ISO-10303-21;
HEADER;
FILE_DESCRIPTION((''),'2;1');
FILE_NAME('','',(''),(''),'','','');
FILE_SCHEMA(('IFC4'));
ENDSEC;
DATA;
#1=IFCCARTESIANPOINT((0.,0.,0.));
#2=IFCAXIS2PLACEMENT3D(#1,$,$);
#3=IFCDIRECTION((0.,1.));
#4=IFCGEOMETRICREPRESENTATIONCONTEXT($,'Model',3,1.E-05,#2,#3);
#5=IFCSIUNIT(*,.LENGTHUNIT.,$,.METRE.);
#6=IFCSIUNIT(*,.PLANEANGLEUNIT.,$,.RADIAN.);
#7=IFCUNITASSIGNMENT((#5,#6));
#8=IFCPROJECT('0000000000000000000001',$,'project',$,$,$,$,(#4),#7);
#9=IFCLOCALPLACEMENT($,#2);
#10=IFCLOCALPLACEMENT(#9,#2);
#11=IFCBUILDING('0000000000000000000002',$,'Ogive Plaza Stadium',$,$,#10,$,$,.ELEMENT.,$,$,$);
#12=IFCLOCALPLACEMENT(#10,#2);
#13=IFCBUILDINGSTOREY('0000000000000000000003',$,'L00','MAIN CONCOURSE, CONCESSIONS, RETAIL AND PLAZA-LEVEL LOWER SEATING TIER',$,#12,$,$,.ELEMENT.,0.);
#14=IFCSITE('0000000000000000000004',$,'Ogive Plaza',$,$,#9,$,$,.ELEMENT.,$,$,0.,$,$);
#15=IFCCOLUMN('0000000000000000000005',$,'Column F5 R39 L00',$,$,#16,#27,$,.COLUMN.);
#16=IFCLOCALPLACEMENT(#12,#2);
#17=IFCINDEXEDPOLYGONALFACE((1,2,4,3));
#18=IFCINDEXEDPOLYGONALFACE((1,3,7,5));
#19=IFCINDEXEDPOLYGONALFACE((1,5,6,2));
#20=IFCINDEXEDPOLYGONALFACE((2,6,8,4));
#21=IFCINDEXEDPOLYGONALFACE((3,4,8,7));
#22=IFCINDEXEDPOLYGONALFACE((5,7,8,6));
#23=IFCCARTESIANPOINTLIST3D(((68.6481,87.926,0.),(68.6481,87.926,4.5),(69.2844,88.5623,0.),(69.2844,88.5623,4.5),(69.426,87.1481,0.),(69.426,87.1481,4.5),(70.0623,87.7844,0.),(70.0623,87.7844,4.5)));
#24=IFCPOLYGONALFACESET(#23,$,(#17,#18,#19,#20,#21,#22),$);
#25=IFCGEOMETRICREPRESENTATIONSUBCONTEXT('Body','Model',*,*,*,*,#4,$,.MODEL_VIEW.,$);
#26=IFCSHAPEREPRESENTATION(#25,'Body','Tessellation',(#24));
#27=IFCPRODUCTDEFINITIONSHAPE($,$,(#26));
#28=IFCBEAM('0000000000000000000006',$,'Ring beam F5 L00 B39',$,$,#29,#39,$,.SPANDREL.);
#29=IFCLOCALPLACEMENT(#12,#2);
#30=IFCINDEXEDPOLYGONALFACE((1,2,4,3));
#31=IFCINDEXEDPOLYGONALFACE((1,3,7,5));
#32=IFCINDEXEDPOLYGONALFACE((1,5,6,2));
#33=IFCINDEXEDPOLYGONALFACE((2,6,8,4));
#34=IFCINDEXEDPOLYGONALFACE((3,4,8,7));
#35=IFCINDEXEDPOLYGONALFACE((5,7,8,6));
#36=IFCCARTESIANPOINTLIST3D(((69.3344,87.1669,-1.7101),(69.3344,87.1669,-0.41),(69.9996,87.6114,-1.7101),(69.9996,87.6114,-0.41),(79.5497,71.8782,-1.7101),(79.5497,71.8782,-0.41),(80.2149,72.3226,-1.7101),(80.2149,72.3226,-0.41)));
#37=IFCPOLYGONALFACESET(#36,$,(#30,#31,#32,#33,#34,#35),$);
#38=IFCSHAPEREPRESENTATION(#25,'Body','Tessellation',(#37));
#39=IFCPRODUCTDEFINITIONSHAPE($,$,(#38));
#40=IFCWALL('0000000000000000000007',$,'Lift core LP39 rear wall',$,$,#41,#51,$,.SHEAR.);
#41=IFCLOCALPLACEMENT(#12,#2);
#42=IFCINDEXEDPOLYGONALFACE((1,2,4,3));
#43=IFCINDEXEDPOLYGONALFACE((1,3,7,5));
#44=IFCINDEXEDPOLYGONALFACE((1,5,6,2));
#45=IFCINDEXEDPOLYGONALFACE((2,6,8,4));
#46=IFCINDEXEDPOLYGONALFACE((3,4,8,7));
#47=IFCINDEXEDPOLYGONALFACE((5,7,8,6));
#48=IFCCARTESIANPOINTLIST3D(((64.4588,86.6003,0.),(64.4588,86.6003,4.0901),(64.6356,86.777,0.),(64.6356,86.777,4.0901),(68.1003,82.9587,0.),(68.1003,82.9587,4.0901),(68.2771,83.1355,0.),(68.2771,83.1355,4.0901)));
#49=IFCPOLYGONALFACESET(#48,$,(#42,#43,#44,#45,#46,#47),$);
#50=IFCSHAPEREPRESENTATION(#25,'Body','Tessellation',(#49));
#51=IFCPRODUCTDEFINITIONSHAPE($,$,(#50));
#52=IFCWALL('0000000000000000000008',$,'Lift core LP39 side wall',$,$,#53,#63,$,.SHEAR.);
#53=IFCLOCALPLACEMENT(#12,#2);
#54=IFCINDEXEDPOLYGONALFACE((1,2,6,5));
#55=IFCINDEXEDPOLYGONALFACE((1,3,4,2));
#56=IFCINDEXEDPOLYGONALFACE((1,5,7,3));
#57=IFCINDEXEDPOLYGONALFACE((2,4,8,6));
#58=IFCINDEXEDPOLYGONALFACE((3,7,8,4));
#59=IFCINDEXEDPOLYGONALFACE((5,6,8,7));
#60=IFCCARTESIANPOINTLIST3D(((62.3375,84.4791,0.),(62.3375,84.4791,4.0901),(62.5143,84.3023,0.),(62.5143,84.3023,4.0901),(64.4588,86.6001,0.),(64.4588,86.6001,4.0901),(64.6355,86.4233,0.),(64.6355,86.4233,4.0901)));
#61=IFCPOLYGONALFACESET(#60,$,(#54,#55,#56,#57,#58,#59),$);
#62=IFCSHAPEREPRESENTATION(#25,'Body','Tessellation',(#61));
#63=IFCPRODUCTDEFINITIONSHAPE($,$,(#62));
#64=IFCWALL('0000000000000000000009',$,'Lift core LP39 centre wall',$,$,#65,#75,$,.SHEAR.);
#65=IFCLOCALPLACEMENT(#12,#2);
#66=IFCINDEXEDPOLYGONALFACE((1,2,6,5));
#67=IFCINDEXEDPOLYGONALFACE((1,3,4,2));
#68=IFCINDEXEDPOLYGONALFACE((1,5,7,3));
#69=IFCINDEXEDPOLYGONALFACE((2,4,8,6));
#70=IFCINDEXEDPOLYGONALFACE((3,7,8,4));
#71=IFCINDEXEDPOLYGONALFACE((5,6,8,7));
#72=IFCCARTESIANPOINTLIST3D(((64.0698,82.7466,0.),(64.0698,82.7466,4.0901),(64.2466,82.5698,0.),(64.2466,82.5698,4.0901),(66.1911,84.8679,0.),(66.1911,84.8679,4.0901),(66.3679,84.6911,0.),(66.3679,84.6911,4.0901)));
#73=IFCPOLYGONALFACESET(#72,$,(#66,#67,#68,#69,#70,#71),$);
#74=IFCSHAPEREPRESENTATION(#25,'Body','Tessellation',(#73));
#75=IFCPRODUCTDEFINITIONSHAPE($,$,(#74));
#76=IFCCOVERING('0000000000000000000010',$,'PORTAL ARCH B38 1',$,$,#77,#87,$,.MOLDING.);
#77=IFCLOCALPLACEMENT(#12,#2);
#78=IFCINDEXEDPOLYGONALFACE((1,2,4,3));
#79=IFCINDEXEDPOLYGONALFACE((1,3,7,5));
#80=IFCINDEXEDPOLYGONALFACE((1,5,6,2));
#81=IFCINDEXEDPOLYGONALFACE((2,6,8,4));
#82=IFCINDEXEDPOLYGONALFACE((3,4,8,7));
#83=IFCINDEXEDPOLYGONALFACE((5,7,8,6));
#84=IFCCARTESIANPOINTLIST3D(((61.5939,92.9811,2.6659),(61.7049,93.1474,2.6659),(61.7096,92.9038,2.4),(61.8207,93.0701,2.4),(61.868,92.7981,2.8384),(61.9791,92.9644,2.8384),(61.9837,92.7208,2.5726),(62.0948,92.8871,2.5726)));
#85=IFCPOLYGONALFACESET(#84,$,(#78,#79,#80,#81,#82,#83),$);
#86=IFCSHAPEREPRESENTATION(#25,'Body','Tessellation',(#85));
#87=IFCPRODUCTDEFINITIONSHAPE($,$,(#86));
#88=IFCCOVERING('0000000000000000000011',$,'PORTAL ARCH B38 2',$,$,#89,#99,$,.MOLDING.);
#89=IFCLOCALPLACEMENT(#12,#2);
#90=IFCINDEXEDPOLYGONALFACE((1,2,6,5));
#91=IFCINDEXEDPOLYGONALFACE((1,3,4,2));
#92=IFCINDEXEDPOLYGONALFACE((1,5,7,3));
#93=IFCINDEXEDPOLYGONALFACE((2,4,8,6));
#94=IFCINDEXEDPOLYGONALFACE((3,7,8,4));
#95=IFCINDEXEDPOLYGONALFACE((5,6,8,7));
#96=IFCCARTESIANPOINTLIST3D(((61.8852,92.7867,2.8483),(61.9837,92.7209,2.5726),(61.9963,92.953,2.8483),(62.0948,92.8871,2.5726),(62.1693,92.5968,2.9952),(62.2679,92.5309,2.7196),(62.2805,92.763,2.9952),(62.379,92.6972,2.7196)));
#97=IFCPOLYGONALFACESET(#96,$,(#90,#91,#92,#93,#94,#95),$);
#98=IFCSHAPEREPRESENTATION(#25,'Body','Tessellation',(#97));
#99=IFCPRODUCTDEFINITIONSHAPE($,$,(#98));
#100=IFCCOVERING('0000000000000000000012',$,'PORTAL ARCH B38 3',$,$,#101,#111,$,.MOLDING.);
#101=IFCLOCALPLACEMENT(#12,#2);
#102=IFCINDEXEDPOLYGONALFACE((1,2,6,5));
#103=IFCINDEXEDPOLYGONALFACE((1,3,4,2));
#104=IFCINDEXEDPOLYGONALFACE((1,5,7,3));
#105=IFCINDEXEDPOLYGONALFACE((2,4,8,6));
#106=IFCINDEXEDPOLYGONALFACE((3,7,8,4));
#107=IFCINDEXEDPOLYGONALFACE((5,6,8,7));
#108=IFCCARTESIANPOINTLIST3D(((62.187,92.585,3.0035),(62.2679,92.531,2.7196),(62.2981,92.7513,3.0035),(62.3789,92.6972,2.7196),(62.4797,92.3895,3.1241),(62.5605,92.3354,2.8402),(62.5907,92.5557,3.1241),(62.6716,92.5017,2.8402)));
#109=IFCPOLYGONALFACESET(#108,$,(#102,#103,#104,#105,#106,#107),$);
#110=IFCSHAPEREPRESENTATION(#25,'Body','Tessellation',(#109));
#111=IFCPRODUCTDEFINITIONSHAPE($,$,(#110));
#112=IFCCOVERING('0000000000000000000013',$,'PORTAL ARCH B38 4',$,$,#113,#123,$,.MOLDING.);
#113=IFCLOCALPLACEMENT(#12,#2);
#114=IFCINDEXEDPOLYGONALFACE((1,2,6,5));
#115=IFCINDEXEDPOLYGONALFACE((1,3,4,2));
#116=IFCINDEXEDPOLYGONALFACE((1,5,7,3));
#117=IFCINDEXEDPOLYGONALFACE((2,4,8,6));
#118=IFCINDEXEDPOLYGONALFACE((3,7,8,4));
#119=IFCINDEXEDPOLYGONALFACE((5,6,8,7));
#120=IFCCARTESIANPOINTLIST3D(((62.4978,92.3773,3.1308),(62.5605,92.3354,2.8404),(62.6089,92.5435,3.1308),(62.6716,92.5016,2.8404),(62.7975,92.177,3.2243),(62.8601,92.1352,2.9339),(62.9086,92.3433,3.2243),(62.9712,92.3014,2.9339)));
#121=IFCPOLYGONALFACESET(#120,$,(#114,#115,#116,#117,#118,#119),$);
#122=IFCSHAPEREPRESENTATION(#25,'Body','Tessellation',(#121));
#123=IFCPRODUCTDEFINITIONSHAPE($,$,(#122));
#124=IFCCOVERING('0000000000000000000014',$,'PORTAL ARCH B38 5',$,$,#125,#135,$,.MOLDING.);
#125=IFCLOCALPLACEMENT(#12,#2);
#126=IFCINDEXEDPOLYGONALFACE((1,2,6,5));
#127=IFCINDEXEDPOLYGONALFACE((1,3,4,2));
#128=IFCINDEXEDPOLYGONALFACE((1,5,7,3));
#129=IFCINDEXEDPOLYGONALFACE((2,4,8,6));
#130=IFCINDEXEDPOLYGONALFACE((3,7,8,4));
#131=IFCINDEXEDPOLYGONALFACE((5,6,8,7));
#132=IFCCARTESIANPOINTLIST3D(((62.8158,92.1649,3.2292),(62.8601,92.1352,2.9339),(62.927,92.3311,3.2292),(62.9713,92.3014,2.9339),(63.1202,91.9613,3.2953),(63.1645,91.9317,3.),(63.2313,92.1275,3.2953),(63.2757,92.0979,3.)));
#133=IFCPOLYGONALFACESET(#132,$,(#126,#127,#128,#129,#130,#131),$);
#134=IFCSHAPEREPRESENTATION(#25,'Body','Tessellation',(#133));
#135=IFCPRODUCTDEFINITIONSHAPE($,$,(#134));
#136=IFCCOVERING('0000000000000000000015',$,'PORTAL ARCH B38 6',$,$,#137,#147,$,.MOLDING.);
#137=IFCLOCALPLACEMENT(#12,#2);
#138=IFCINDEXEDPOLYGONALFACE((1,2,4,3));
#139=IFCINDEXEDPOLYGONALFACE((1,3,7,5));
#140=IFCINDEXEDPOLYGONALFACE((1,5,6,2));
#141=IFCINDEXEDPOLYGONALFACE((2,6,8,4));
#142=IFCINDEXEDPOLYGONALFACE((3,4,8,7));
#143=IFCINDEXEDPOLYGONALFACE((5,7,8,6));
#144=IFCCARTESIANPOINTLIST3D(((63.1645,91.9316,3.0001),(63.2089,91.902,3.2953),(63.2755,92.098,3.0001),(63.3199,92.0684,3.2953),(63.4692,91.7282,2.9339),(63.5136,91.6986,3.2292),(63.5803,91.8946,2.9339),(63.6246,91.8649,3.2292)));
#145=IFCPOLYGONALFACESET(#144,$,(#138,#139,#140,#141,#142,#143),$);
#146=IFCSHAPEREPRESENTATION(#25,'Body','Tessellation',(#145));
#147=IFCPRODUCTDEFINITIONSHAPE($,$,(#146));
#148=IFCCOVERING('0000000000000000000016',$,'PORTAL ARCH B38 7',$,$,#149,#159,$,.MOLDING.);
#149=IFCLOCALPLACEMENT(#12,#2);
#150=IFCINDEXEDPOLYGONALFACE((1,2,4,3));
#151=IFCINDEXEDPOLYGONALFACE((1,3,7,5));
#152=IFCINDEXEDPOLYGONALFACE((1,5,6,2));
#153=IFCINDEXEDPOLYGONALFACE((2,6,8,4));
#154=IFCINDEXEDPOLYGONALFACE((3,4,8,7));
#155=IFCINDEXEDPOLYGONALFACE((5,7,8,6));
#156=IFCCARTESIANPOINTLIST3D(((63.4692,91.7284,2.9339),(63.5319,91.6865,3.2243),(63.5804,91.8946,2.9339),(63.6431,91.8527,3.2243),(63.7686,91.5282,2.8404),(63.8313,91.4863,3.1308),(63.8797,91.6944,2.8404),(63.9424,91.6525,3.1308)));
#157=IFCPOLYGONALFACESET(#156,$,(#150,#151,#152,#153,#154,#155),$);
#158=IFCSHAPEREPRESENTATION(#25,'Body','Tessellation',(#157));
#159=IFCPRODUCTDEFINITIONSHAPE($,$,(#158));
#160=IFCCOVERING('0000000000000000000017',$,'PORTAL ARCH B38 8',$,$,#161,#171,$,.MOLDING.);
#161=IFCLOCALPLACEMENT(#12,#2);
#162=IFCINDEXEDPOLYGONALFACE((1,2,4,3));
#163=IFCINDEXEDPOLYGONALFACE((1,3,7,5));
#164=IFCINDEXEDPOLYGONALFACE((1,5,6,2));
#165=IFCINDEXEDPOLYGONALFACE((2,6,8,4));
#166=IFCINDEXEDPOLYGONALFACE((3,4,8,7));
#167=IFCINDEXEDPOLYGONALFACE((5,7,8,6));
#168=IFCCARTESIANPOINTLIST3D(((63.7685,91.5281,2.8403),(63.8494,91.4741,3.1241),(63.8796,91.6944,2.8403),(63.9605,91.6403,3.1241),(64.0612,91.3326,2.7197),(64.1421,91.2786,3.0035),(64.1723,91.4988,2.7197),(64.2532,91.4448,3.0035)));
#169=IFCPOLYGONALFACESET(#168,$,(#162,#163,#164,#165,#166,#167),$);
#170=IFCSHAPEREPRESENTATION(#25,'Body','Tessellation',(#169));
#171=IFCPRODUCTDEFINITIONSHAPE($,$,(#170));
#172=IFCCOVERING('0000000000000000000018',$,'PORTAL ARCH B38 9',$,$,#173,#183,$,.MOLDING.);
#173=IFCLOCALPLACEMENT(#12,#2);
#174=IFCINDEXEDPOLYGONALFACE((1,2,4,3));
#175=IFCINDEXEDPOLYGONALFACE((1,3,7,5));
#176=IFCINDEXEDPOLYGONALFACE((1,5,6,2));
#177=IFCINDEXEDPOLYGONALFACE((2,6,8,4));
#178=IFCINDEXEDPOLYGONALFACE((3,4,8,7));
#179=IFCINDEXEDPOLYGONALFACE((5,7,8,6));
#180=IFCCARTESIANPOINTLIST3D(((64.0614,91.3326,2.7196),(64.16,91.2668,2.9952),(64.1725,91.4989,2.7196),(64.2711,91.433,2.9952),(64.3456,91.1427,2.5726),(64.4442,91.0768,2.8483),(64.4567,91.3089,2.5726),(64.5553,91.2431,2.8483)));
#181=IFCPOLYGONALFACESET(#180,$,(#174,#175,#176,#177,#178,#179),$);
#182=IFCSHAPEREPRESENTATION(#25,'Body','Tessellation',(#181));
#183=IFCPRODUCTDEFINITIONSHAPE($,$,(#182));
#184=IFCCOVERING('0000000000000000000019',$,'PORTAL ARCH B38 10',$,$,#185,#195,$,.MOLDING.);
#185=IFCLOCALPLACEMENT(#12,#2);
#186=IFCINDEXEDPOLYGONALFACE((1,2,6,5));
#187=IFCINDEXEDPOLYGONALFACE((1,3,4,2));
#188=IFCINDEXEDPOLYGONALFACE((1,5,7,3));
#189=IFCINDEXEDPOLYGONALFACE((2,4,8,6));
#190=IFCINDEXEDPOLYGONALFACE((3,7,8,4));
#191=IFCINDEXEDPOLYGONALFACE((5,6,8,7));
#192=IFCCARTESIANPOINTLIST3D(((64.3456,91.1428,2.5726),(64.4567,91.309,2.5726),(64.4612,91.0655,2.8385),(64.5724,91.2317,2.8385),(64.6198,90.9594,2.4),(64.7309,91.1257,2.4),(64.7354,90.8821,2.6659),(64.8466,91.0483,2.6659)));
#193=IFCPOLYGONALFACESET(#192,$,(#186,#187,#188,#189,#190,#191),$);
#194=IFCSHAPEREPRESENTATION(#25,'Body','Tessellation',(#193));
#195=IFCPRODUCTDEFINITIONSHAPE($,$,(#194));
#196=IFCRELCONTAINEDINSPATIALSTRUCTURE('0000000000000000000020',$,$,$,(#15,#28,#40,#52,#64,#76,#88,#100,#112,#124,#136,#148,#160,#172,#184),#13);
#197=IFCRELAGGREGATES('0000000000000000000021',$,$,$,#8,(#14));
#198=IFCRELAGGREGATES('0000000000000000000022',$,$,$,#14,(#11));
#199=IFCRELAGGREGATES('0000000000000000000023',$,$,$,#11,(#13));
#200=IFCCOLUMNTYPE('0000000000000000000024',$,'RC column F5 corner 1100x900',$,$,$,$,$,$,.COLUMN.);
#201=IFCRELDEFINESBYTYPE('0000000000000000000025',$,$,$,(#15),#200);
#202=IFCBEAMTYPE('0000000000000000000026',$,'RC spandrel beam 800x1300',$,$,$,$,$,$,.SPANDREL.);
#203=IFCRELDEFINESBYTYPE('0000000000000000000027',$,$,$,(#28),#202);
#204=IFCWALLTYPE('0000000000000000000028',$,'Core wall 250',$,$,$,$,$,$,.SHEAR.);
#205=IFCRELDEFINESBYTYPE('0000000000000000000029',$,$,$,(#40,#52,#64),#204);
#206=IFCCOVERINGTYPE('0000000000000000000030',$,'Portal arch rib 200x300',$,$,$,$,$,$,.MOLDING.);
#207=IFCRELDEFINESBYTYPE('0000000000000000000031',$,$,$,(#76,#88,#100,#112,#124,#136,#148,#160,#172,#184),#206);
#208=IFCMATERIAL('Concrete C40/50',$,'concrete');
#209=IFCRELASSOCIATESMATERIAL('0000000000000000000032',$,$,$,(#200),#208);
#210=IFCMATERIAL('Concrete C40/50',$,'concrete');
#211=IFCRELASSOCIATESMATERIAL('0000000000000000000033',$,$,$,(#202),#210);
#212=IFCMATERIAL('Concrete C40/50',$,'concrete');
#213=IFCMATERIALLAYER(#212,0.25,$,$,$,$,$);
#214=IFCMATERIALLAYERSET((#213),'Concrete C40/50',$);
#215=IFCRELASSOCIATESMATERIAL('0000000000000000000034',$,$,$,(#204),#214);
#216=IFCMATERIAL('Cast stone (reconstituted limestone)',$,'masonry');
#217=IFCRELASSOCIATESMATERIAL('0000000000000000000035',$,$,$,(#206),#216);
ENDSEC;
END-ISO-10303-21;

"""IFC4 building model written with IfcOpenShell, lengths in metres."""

from ifc_helpers import new_model, si_unit, direction, frame, frame_2d, origin, origin_2d, place, context, subcontext, project, spatial, rectangle, extrude, material, layer, layer_set, material_profile, profile_set, type_object, element, save


model = new_model("IFC4")

# Units and contexts
model_context = context("Model", 3, precision=1e-05, world=origin(), true_north=direction((0.0, 1.0)))
body_context = subcontext(model_context, "Body", "Model", "MODEL_VIEW")
ifc_project = project(units=[si_unit("LENGTHUNIT", "METRE"), si_unit("PLANEANGLEUNIT", "RADIAN")], contexts=[model_context])

# Site, building, storey
site_placement = place(None, origin())
site = spatial("IfcSite", under=ifc_project, at=site_placement, Name="Ogive Plaza", CompositionType="ELEMENT", RefElevation=0.0)
building_placement = place(site_placement, origin())
building = spatial("IfcBuilding", under=site, at=building_placement, Name="Ogive Plaza Stadium", CompositionType="ELEMENT")
storey_placement = place(building_placement, origin())
storey = spatial("IfcBuildingStorey", under=building, at=storey_placement, Name="L00", Description="MAIN CONCOURSE, CONCESSIONS, RETAIL AND PLAZA-LEVEL LOWER SEATING TIER", CompositionType="ELEMENT", Elevation=0.0)

# Column
ifc_material_1 = material(Name="Concrete C40/50", Category="concrete")
ifc_material_profile_1 = material_profile(ifc_material_1, rectangle(XDim=1.1001, YDim=0.8999, at=origin_2d()), Name="RC 1100x900")
ifc_profile_set_1 = profile_set([ifc_material_profile_1], Name="Concrete C40/50")
column_type = type_object("IfcColumnType", Name="RC column F5 corner 1100x900", PredefinedType="COLUMN", material=ifc_profile_set_1)
column_placement = place(storey_placement, frame((69.3552, 87.8552, 0.0), z_axis=(0.0, 0.0, 1.0), x_axis=(-0.707107, 0.707107, 0.0)))
element("IfcColumn", 1, at=column_placement, inside=storey, type_object=column_type, Name="Column F5 R39 L00", PredefinedType="COLUMN", context=body_context, shape_type="SweptSolid", body=[
    extrude(rectangle(XDim=1.1001, YDim=0.8999, at=origin_2d()), origin(), (0.0, 0.0, 1.0), 4.5),
])

# Beam
ifc_material_2 = material(Name="Concrete C40/50", Category="concrete")
ifc_material_profile_2 = material_profile(ifc_material_2, rectangle(XDim=0.8, YDim=1.3, at=origin_2d()), Name="RC 800x1300")
ifc_profile_set_2 = profile_set([ifc_material_profile_2], Name="Concrete C40/50")
beam_type = type_object("IfcBeamType", Name="RC spandrel beam 800x1300", PredefinedType="SPANDREL", material=ifc_profile_set_2)
beam_placement = place(storey_placement, frame((69.667, 87.3892, -1.0601), z_axis=(0.555558, -0.831478, 0.0), x_axis=(0.831478, 0.555558, 0.0)))
element("IfcBeam", 2, at=beam_placement, inside=storey, type_object=beam_type, Name="Ring beam F5 L00 B39", PredefinedType="SPANDREL", context=body_context, shape_type="SweptSolid", body=[
    extrude(rectangle(XDim=0.8, YDim=1.3, at=origin_2d()), origin(), (0.0, 0.0, 1.0), 18.3875),
])

# Walls
ifc_material_3 = material(Name="Concrete C40/50", Category="concrete")
ifc_layer_1 = layer(ifc_material_3, 0.25)
ifc_layer_set_1 = layer_set([ifc_layer_1], Name="Concrete C40/50")
wall_type_1 = type_object("IfcWallType", Name="Core wall 250", PredefinedType="SHEAR", material=ifc_layer_set_1)
wall_1_placement = place(storey_placement, frame((68.1887, 83.0471, 0.0), z_axis=(0.0, 0.0, 1.0), x_axis=(-0.707107, 0.707107, 0.0)))
element("IfcWall", 3, at=wall_1_placement, inside=storey, type_object=wall_type_1, Name="Lift core LP39 rear wall", PredefinedType="SHEAR", context=body_context, shape_type="SweptSolid", body=[
    extrude(rectangle(XDim=5.1499, YDim=0.25, at=frame_2d((2.575, 0.0))), origin(), (0.0, 0.0, 1.0), 4.0901),
])
wall_2_placement = place(storey_placement, frame((62.4258, 84.3906, 0.0), z_axis=(0.0, 0.0, 1.0), x_axis=(0.707147, 0.707066, 0.0)))
element("IfcWall", 4, at=wall_2_placement, inside=storey, type_object=wall_type_1, Name="Lift core LP39 side wall", PredefinedType="SHEAR", context=body_context, shape_type="SweptSolid", body=[
    extrude(rectangle(XDim=2.9998, YDim=0.25, at=frame_2d((1.5, 0.0))), origin(), (0.0, 0.0, 1.0), 4.0901),
])
wall_3_placement = place(storey_placement, frame((64.1582, 82.6582, 0.0), z_axis=(0.0, 0.0, 1.0), x_axis=(0.707107, 0.707107, 0.0)))
element("IfcWall", 5, at=wall_3_placement, inside=storey, type_object=wall_type_1, Name="Lift core LP39 centre wall", PredefinedType="SHEAR", context=body_context, shape_type="SweptSolid", body=[
    extrude(rectangle(XDim=3.0, YDim=0.25, at=frame_2d((1.5, 0.0))), origin(), (0.0, 0.0, 1.0), 4.0901),
])

# Coverings
ifc_material_4 = material(Name="Cast stone (reconstituted limestone)", Category="masonry")
ifc_material_profile_3 = material_profile(ifc_material_4, rectangle(XDim=0.2, YDim=0.3, at=origin_2d()), Name="Cast stone 200x300")
ifc_profile_set_3 = profile_set([ifc_material_profile_3], Name="Cast stone (reconstituted limestone)")
covering_type = type_object("IfcCoveringType", Name="Portal arch rib 200x300", PredefinedType="MOLDING", material=ifc_profile_set_3)
for number, where, z_axis, x_axis, name in (
    (6, (61.7073, 93.0256, 2.533), (0.736734, -0.49203, 0.463821), (0.555384, 0.831594, 0.0), "PORTAL ARCH B38 1"),
    (7, (61.99, 92.8369, 2.7104), (0.763778, -0.510498, 0.395012), (0.555689, 0.83139, 0.0), "PORTAL ARCH B38 2"),
    (8, (62.283, 92.6411, 2.8616), (0.786633, -0.525516, 0.324101), (0.5555, 0.831516, 0.0), "PORTAL ARCH B38 3"),
):
    element("IfcCovering", number, at=place(storey_placement, frame(where, z_axis=z_axis, x_axis=x_axis)), inside=storey, type_object=covering_type, Name=name, PredefinedType="MOLDING", context=body_context, shape_type="SweptSolid", body=[
        extrude(rectangle(XDim=0.2, YDim=0.3, at=origin_2d()), origin(), (0.0, 0.0, 1.0), 0.3721),
    ])
covering_1_placement = place(storey_placement, frame((62.5847, 92.4395, 2.9856), z_axis=(0.804764, -0.537821, 0.251202), x_axis=(0.555638, 0.831424, 0.0)))
element("IfcCovering", 9, at=covering_1_placement, inside=storey, type_object=covering_type, Name="PORTAL ARCH B38 4", PredefinedType="MOLDING", context=body_context, shape_type="SweptSolid", body=[
    extrude(rectangle(XDim=0.2, YDim=0.3, at=origin_2d()), origin(), (0.0, 0.0, 1.0), 0.3723),
])
covering_2_placement = place(storey_placement, frame((62.8936, 92.2332, 3.0815), z_axis=(0.81799, -0.547076, 0.177767), x_axis=(0.55593, 0.831229, 0.0)))
element("IfcCovering", 10, at=covering_2_placement, inside=storey, type_object=covering_type, Name="PORTAL ARCH B38 5", PredefinedType="MOLDING", context=body_context, shape_type="SweptSolid", body=[
    extrude(rectangle(XDim=0.2, YDim=0.3, at=origin_2d()), origin(), (0.0, 0.0, 1.0), 0.3721),
])
covering_3_placement = place(storey_placement, frame((63.2422, 92.0, 3.1477), z_axis=(0.8185, -0.546322, -0.177735), x_axis=(0.555162, 0.831743, 0.0)))
element("IfcCovering", 11, at=covering_3_placement, inside=storey, type_object=covering_type, Name="PORTAL ARCH B38 6", PredefinedType="MOLDING", context=body_context, shape_type="SweptSolid", body=[
    extrude(rectangle(XDim=0.2, YDim=0.3, at=origin_2d()), origin(), (0.0, 0.0, 1.0), 0.3723),
])
for number, where, z_axis, x_axis, name in (
    (12, (63.5562, 91.7905, 3.0791), (0.804533, -0.538105, -0.251335), (0.555951, 0.831215, 0.0), "PORTAL ARCH B38 7"),
    (13, (63.8645, 91.5842, 2.9822), (0.786633, -0.525516, -0.324101), (0.5555, 0.831516, 0.0), "PORTAL ARCH B38 8"),
    (14, (64.1663, 91.3828, 2.8574), (0.763778, -0.510498, -0.395012), (0.555689, 0.83139, 0.0), "PORTAL ARCH B38 9"),
):
    element("IfcCovering", number, at=place(storey_placement, frame(where, z_axis=z_axis, x_axis=x_axis)), inside=storey, type_object=covering_type, Name=name, PredefinedType="MOLDING", context=body_context, shape_type="SweptSolid", body=[
        extrude(rectangle(XDim=0.2, YDim=0.3, at=origin_2d()), origin(), (0.0, 0.0, 1.0), 0.3721),
    ])
covering_4_placement = place(storey_placement, frame((64.459, 91.1873, 2.7056), z_axis=(0.736496, -0.492527, -0.463671), x_axis=(0.555895, 0.831252, 0.0)))
element("IfcCovering", 15, at=covering_4_placement, inside=storey, type_object=covering_type, Name="PORTAL ARCH B38 10", PredefinedType="MOLDING", context=body_context, shape_type="SweptSolid", body=[
    extrude(rectangle(XDim=0.2, YDim=0.3, at=origin_2d()), origin(), (0.0, 0.0, 1.0), 0.3723),
])

save(model, "model.ifc")
